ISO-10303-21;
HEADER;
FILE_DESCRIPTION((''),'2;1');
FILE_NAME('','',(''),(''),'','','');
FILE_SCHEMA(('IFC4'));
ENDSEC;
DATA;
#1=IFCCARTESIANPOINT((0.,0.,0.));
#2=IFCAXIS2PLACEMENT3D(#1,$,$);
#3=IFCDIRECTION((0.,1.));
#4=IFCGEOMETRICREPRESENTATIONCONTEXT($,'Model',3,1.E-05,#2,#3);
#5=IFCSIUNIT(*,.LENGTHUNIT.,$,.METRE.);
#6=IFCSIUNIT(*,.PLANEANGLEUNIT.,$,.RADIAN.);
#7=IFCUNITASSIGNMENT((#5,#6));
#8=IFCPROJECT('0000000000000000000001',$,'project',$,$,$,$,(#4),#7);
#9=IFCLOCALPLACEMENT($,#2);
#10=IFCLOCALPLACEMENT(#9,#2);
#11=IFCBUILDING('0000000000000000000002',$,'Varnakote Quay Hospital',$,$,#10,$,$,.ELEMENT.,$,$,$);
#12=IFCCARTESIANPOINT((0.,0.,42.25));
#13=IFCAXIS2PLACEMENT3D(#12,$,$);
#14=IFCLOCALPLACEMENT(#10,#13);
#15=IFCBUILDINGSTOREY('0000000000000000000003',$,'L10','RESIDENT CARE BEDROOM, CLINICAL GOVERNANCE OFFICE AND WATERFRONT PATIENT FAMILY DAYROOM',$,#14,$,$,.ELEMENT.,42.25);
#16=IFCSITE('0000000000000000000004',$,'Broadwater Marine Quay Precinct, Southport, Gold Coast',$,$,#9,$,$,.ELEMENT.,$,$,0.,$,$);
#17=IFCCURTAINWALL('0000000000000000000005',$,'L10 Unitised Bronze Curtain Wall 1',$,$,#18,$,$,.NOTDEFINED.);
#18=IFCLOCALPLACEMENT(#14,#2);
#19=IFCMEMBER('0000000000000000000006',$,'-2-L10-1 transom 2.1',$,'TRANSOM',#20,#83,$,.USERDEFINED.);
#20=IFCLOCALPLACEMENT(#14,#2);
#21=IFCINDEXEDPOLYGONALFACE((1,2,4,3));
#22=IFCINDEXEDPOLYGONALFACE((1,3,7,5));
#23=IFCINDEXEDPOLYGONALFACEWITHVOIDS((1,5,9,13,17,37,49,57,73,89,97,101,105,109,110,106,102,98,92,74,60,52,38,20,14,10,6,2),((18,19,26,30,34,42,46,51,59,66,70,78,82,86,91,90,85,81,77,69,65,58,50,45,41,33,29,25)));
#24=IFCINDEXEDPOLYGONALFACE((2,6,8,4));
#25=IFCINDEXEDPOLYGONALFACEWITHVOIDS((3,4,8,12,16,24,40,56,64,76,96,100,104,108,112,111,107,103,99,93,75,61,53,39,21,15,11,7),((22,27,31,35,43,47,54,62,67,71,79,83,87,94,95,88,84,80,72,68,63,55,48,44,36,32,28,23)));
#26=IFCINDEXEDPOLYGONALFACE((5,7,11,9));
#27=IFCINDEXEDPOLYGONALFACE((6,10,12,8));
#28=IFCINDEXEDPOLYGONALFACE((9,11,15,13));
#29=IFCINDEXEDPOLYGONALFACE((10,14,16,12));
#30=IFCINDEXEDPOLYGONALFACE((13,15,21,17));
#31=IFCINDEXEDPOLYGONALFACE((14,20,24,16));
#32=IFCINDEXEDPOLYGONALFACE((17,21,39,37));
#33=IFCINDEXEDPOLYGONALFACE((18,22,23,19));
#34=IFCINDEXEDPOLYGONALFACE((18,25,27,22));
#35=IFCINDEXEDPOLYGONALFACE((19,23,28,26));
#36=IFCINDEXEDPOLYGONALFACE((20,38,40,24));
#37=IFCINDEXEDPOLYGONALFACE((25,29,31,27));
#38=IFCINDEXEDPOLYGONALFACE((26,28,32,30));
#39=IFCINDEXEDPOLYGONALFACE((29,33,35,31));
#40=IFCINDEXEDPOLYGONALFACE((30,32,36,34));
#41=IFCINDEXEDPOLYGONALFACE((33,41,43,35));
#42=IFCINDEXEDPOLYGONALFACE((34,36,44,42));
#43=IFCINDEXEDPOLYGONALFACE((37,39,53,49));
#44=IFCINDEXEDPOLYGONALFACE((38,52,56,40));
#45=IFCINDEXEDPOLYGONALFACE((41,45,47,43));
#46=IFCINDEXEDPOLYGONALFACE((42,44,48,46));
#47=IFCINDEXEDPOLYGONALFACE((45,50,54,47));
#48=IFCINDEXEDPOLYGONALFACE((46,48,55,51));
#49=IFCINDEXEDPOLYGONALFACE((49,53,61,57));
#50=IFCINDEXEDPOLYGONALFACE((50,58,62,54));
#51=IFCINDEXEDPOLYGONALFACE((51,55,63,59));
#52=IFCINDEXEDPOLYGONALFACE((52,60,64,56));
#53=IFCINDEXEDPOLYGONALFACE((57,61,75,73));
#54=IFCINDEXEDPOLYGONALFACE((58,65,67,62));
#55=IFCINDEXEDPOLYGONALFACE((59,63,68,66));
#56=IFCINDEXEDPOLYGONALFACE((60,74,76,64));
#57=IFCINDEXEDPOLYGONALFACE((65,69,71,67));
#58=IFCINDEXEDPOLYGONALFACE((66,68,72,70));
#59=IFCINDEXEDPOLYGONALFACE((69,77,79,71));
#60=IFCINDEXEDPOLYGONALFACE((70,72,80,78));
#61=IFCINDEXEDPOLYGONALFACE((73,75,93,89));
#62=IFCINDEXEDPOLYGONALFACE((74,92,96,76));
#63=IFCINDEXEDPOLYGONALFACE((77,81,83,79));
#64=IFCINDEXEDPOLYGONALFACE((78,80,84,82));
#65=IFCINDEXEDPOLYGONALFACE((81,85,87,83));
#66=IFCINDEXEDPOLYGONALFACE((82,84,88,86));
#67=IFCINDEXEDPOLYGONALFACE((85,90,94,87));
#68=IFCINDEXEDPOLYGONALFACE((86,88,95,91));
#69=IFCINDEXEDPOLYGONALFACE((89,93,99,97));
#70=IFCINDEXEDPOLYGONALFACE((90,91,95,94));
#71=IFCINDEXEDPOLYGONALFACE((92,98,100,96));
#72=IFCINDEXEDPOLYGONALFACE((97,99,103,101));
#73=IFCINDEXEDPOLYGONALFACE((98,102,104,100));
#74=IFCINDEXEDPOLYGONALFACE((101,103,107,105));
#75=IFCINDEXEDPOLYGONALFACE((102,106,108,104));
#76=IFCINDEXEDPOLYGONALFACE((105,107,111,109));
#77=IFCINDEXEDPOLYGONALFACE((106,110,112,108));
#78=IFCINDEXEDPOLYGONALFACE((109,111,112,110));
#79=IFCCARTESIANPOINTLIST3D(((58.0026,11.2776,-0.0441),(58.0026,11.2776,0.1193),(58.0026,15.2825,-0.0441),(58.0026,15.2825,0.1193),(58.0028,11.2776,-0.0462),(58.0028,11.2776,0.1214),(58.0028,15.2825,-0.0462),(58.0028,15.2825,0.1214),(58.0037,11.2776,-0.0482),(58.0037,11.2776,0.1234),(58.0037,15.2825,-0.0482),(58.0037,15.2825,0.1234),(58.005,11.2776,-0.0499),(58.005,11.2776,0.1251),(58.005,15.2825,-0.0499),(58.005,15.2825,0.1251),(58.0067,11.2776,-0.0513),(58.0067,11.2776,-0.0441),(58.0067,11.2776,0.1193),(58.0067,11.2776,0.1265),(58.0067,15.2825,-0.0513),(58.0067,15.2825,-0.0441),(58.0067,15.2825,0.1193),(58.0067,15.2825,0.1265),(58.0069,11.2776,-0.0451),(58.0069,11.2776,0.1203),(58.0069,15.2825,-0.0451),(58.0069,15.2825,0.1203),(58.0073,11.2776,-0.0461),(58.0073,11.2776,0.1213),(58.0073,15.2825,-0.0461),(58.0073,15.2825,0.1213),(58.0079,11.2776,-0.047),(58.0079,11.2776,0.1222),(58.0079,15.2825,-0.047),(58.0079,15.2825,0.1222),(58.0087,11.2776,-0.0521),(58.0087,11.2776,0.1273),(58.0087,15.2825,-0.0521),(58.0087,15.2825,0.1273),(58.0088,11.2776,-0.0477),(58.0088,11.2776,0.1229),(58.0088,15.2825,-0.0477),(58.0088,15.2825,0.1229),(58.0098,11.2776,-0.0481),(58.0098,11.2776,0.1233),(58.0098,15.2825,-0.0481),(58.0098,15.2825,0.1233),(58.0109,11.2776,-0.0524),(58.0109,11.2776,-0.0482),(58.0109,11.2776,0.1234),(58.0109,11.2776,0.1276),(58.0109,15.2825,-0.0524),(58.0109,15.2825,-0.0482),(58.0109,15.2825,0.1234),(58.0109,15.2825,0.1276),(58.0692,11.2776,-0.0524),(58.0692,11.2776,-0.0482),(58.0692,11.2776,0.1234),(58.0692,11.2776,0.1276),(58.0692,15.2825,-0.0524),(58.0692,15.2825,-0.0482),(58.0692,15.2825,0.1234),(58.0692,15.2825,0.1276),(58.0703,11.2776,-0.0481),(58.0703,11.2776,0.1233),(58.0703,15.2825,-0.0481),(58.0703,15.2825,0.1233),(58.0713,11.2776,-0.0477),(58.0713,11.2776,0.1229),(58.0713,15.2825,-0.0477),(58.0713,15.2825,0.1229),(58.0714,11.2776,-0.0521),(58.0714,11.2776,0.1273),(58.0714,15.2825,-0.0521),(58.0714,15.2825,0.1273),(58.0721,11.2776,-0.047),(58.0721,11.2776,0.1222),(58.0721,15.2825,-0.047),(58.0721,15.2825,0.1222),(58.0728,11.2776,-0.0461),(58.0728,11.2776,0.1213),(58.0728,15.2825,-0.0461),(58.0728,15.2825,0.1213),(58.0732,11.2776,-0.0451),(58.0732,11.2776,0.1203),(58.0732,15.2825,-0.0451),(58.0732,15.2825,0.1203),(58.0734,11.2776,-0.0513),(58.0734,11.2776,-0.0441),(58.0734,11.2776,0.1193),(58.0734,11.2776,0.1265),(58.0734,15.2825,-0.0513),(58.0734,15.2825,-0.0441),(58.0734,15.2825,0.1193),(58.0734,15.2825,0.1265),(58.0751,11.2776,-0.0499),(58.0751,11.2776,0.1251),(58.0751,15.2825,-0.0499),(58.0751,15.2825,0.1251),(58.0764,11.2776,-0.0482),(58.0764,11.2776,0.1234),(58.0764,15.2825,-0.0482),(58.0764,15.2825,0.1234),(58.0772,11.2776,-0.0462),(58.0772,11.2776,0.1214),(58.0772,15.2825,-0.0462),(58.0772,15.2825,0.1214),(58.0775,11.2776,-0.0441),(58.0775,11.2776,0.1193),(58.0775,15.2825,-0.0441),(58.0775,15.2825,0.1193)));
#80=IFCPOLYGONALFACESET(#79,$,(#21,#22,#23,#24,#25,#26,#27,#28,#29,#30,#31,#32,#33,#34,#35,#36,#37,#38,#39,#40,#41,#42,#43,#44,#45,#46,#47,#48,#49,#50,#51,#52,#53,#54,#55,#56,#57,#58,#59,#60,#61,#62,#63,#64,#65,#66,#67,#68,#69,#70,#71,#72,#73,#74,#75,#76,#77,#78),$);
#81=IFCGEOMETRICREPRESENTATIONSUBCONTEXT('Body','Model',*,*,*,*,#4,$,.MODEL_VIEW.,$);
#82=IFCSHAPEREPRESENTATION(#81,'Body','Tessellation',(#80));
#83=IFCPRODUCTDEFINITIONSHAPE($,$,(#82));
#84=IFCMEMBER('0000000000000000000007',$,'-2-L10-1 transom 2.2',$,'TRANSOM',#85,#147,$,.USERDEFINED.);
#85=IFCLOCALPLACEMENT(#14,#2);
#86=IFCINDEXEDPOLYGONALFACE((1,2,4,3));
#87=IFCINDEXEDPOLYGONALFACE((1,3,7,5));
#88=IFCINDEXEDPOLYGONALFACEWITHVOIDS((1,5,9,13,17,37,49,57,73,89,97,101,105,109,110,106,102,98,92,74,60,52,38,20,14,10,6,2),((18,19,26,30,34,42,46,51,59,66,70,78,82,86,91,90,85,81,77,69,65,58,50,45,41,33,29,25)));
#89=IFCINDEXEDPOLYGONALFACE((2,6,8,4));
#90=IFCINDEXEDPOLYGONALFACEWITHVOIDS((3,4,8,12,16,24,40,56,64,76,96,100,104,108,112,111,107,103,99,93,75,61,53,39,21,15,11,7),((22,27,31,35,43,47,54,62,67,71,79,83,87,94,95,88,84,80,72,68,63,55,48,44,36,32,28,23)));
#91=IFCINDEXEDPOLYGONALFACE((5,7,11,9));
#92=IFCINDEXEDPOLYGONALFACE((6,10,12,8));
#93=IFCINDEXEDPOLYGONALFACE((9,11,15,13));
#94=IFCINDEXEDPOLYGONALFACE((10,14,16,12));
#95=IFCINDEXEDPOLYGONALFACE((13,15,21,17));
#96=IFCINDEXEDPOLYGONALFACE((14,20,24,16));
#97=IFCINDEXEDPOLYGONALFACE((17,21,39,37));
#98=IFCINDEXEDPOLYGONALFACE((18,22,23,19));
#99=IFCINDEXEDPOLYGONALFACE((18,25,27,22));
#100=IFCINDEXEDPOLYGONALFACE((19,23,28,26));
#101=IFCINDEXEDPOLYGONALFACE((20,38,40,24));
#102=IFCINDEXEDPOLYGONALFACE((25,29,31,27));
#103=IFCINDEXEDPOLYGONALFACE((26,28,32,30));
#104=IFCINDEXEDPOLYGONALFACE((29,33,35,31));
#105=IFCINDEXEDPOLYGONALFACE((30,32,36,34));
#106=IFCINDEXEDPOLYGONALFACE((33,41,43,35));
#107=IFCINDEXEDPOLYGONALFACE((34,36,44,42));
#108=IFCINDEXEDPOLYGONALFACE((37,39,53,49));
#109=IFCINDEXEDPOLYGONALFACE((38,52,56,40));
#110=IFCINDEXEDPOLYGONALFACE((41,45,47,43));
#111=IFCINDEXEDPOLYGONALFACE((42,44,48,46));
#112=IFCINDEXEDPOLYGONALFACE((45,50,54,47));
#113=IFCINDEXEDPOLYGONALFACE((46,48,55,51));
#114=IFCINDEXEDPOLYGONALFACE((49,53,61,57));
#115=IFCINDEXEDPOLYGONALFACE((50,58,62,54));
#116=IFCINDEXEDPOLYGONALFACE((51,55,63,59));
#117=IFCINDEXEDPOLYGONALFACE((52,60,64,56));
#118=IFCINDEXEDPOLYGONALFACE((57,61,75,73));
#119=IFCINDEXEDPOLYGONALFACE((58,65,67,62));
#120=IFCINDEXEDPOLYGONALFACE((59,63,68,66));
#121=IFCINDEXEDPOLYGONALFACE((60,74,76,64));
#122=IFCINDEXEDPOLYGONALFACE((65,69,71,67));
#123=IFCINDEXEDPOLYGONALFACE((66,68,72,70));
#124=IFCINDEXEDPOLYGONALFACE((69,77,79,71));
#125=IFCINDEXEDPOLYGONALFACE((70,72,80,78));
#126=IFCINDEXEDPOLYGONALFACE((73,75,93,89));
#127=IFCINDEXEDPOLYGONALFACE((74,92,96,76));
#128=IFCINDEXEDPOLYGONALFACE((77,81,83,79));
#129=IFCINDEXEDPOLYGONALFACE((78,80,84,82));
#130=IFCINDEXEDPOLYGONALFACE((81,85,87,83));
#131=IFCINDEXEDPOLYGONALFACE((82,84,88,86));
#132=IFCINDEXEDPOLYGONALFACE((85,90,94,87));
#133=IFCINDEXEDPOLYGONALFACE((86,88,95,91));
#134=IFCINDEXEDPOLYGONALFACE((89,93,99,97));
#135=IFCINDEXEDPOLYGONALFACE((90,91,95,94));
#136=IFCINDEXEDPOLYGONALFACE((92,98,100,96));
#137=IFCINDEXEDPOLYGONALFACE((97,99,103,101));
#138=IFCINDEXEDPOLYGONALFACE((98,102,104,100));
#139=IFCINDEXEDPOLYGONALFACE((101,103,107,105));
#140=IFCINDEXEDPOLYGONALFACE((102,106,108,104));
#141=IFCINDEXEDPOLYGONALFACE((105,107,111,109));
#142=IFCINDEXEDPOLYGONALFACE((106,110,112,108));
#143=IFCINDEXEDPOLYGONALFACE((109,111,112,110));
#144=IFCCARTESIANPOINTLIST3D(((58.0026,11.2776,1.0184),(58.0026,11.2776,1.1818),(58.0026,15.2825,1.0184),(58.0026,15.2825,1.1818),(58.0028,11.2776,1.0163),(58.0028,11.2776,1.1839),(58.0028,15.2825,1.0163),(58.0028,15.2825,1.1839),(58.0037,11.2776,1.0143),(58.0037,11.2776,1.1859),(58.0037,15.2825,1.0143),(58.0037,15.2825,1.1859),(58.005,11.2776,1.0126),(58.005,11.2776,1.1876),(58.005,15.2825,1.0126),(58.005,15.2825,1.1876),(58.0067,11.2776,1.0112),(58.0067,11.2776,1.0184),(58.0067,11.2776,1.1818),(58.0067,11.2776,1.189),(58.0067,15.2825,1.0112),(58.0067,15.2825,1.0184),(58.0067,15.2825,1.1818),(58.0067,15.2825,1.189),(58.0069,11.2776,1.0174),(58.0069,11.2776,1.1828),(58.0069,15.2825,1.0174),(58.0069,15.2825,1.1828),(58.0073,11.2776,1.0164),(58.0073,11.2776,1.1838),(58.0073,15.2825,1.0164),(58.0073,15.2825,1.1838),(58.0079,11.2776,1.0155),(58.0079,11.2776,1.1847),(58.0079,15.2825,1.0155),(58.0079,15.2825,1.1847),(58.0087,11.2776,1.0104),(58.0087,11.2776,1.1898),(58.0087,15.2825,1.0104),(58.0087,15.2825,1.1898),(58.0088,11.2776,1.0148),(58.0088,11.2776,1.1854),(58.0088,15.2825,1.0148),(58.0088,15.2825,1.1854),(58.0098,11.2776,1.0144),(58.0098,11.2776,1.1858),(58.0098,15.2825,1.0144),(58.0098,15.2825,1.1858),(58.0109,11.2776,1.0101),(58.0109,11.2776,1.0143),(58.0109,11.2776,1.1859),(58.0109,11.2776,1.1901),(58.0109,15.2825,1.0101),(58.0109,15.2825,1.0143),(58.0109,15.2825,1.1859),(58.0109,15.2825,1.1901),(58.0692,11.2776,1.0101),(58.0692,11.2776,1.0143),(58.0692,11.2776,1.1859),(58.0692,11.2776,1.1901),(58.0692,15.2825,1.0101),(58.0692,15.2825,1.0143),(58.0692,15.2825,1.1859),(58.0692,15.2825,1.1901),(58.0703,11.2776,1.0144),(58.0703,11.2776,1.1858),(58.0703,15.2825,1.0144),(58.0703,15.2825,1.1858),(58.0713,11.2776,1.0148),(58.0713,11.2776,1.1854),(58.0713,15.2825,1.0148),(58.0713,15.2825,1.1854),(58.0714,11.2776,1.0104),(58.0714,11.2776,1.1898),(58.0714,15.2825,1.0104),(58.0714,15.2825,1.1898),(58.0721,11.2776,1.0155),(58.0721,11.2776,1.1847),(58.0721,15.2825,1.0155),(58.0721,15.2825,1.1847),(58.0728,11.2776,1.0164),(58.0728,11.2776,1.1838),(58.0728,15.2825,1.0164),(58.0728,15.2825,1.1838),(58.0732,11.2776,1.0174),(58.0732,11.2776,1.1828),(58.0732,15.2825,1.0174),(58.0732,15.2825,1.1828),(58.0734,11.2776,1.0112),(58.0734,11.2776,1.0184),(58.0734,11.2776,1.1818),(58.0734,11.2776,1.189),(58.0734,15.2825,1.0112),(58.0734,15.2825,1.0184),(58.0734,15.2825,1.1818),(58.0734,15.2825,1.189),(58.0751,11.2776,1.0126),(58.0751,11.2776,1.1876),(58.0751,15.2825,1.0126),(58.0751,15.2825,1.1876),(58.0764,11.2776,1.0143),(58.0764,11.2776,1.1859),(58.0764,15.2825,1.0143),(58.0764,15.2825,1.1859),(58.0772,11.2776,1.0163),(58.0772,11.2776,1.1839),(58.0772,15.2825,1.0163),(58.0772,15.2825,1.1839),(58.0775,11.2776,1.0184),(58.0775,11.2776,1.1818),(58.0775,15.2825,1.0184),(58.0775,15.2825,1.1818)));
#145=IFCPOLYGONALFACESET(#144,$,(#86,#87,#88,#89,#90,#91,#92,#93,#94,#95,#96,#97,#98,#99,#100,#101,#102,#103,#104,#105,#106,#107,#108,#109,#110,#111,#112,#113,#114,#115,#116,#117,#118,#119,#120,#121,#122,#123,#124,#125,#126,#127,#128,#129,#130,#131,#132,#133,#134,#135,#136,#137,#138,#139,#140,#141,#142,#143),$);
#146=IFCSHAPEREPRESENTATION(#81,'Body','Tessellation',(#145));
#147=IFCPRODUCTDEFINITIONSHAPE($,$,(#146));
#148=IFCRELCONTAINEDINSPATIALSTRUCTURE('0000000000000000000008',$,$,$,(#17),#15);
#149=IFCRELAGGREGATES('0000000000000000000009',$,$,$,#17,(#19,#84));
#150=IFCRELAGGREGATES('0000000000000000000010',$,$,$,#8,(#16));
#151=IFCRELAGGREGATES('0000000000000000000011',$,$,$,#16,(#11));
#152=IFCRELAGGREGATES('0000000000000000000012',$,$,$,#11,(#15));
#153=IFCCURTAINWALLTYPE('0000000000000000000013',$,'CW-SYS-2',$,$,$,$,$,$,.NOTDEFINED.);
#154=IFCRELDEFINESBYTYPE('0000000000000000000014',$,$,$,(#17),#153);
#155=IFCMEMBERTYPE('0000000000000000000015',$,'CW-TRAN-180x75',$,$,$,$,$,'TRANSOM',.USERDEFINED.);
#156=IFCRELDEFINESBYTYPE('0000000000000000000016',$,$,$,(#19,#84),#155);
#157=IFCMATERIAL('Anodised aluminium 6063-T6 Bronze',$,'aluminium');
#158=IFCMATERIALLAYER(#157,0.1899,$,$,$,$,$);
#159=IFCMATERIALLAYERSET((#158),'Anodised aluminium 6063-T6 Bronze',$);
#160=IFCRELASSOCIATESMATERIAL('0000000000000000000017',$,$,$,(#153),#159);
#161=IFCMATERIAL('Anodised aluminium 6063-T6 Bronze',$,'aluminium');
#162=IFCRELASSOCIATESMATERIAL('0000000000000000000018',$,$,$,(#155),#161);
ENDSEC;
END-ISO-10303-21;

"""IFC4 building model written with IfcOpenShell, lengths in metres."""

from ifc_helpers import new_model, si_unit, direction, frame, origin, origin_2d, place, context, subcontext, project, spatial, hollow_rectangle, extrude, material, layer, layer_set, material_profile, profile_set, type_object, element, aggregate, save


model = new_model("IFC4")

# Units and contexts
model_context = context("Model", 3, precision=1e-05, world=origin(), true_north=direction((0.0, 1.0)))
body_context = subcontext(model_context, "Body", "Model", "MODEL_VIEW")
ifc_project = project(units=[si_unit("LENGTHUNIT", "METRE"), si_unit("PLANEANGLEUNIT", "RADIAN")], contexts=[model_context])

# Site, building, storey
site_placement = place(None, origin())
site = spatial("IfcSite", under=ifc_project, at=site_placement, Name="Broadwater Marine Quay Precinct, Southport, Gold Coast", CompositionType="ELEMENT", RefElevation=0.0)
building_placement = place(site_placement, origin())
building = spatial("IfcBuilding", under=site, at=building_placement, Name="Varnakote Quay Hospital", CompositionType="ELEMENT")
storey_placement = place(building_placement, frame((0.0, 0.0, 42.25)))
storey = spatial("IfcBuildingStorey", under=building, at=storey_placement, Name="L10", Description="RESIDENT CARE BEDROOM, CLINICAL GOVERNANCE OFFICE AND WATERFRONT PATIENT FAMILY DAYROOM", CompositionType="ELEMENT", Elevation=42.25)

# Curtain wall, members
ifc_material_1 = material(Name="Anodised aluminium 6063-T6 Bronze", Category="aluminium")
ifc_layer_1 = layer(ifc_material_1, 0.1899)
ifc_layer_set_1 = layer_set([ifc_layer_1], Name="Anodised aluminium 6063-T6 Bronze")
curtain_wall_type = type_object("IfcCurtainWallType", Name="CW-SYS-2", PredefinedType="NOTDEFINED", material=ifc_layer_set_1)
curtain_wall_placement = place(storey_placement, origin())
curtain_wall = element("IfcCurtainWall", 1, at=curtain_wall_placement, inside=storey, type_object=curtain_wall_type, Name="L10 Unitised Bronze Curtain Wall 1", PredefinedType="NOTDEFINED")
ifc_material_2 = material(Name="Anodised aluminium 6063-T6 Bronze", Category="aluminium")
ifc_material_profile_1 = material_profile(ifc_material_2, hollow_rectangle(XDim=0.075, YDim=0.1799, WallThickness=0.0042, InnerFilletRadius=0.0042, OuterFilletRadius=0.0083, at=origin_2d()), Name="CW-TRAN-180x75")
ifc_profile_set_1 = profile_set([ifc_material_profile_1], Name="Anodised aluminium 6063-T6 Bronze")
member_type_1 = type_object("IfcMemberType", Name="CW-TRAN-180x75", ElementType="TRANSOM", PredefinedType="USERDEFINED", material=ifc_profile_set_1)
member_1_placement = place(storey_placement, frame((58.04, 11.2776, 0.0376), z_axis=(0.0, 1.0, 0.0), x_axis=(-1.0, 0.0, 0.0)))
member_1 = element("IfcMember", 2, at=member_1_placement, type_object=member_type_1, Name="-2-L10-1 transom 2.1", ObjectType="TRANSOM", PredefinedType="USERDEFINED", context=body_context, shape_type="SweptSolid", body=[
    extrude(hollow_rectangle(XDim=0.075, YDim=0.1799, WallThickness=0.0042, InnerFilletRadius=0.0042, OuterFilletRadius=0.0083, at=origin_2d()), origin(), (0.0, 0.0, 1.0), 4.0049),
])
member_2_placement = place(storey_placement, frame((58.04, 11.2776, 1.1001), z_axis=(0.0, 1.0, 0.0), x_axis=(-1.0, 0.0, 0.0)))
member_2 = element("IfcMember", 3, at=member_2_placement, type_object=member_type_1, Name="-2-L10-1 transom 2.2", ObjectType="TRANSOM", PredefinedType="USERDEFINED", context=body_context, shape_type="SweptSolid", body=[
    extrude(hollow_rectangle(XDim=0.075, YDim=0.1799, WallThickness=0.0042, InnerFilletRadius=0.0042, OuterFilletRadius=0.0083, at=origin_2d()), origin(), (0.0, 0.0, 1.0), 4.0049),
])
aggregate(curtain_wall, [member_1, member_2])

save(model, "model.ifc")
